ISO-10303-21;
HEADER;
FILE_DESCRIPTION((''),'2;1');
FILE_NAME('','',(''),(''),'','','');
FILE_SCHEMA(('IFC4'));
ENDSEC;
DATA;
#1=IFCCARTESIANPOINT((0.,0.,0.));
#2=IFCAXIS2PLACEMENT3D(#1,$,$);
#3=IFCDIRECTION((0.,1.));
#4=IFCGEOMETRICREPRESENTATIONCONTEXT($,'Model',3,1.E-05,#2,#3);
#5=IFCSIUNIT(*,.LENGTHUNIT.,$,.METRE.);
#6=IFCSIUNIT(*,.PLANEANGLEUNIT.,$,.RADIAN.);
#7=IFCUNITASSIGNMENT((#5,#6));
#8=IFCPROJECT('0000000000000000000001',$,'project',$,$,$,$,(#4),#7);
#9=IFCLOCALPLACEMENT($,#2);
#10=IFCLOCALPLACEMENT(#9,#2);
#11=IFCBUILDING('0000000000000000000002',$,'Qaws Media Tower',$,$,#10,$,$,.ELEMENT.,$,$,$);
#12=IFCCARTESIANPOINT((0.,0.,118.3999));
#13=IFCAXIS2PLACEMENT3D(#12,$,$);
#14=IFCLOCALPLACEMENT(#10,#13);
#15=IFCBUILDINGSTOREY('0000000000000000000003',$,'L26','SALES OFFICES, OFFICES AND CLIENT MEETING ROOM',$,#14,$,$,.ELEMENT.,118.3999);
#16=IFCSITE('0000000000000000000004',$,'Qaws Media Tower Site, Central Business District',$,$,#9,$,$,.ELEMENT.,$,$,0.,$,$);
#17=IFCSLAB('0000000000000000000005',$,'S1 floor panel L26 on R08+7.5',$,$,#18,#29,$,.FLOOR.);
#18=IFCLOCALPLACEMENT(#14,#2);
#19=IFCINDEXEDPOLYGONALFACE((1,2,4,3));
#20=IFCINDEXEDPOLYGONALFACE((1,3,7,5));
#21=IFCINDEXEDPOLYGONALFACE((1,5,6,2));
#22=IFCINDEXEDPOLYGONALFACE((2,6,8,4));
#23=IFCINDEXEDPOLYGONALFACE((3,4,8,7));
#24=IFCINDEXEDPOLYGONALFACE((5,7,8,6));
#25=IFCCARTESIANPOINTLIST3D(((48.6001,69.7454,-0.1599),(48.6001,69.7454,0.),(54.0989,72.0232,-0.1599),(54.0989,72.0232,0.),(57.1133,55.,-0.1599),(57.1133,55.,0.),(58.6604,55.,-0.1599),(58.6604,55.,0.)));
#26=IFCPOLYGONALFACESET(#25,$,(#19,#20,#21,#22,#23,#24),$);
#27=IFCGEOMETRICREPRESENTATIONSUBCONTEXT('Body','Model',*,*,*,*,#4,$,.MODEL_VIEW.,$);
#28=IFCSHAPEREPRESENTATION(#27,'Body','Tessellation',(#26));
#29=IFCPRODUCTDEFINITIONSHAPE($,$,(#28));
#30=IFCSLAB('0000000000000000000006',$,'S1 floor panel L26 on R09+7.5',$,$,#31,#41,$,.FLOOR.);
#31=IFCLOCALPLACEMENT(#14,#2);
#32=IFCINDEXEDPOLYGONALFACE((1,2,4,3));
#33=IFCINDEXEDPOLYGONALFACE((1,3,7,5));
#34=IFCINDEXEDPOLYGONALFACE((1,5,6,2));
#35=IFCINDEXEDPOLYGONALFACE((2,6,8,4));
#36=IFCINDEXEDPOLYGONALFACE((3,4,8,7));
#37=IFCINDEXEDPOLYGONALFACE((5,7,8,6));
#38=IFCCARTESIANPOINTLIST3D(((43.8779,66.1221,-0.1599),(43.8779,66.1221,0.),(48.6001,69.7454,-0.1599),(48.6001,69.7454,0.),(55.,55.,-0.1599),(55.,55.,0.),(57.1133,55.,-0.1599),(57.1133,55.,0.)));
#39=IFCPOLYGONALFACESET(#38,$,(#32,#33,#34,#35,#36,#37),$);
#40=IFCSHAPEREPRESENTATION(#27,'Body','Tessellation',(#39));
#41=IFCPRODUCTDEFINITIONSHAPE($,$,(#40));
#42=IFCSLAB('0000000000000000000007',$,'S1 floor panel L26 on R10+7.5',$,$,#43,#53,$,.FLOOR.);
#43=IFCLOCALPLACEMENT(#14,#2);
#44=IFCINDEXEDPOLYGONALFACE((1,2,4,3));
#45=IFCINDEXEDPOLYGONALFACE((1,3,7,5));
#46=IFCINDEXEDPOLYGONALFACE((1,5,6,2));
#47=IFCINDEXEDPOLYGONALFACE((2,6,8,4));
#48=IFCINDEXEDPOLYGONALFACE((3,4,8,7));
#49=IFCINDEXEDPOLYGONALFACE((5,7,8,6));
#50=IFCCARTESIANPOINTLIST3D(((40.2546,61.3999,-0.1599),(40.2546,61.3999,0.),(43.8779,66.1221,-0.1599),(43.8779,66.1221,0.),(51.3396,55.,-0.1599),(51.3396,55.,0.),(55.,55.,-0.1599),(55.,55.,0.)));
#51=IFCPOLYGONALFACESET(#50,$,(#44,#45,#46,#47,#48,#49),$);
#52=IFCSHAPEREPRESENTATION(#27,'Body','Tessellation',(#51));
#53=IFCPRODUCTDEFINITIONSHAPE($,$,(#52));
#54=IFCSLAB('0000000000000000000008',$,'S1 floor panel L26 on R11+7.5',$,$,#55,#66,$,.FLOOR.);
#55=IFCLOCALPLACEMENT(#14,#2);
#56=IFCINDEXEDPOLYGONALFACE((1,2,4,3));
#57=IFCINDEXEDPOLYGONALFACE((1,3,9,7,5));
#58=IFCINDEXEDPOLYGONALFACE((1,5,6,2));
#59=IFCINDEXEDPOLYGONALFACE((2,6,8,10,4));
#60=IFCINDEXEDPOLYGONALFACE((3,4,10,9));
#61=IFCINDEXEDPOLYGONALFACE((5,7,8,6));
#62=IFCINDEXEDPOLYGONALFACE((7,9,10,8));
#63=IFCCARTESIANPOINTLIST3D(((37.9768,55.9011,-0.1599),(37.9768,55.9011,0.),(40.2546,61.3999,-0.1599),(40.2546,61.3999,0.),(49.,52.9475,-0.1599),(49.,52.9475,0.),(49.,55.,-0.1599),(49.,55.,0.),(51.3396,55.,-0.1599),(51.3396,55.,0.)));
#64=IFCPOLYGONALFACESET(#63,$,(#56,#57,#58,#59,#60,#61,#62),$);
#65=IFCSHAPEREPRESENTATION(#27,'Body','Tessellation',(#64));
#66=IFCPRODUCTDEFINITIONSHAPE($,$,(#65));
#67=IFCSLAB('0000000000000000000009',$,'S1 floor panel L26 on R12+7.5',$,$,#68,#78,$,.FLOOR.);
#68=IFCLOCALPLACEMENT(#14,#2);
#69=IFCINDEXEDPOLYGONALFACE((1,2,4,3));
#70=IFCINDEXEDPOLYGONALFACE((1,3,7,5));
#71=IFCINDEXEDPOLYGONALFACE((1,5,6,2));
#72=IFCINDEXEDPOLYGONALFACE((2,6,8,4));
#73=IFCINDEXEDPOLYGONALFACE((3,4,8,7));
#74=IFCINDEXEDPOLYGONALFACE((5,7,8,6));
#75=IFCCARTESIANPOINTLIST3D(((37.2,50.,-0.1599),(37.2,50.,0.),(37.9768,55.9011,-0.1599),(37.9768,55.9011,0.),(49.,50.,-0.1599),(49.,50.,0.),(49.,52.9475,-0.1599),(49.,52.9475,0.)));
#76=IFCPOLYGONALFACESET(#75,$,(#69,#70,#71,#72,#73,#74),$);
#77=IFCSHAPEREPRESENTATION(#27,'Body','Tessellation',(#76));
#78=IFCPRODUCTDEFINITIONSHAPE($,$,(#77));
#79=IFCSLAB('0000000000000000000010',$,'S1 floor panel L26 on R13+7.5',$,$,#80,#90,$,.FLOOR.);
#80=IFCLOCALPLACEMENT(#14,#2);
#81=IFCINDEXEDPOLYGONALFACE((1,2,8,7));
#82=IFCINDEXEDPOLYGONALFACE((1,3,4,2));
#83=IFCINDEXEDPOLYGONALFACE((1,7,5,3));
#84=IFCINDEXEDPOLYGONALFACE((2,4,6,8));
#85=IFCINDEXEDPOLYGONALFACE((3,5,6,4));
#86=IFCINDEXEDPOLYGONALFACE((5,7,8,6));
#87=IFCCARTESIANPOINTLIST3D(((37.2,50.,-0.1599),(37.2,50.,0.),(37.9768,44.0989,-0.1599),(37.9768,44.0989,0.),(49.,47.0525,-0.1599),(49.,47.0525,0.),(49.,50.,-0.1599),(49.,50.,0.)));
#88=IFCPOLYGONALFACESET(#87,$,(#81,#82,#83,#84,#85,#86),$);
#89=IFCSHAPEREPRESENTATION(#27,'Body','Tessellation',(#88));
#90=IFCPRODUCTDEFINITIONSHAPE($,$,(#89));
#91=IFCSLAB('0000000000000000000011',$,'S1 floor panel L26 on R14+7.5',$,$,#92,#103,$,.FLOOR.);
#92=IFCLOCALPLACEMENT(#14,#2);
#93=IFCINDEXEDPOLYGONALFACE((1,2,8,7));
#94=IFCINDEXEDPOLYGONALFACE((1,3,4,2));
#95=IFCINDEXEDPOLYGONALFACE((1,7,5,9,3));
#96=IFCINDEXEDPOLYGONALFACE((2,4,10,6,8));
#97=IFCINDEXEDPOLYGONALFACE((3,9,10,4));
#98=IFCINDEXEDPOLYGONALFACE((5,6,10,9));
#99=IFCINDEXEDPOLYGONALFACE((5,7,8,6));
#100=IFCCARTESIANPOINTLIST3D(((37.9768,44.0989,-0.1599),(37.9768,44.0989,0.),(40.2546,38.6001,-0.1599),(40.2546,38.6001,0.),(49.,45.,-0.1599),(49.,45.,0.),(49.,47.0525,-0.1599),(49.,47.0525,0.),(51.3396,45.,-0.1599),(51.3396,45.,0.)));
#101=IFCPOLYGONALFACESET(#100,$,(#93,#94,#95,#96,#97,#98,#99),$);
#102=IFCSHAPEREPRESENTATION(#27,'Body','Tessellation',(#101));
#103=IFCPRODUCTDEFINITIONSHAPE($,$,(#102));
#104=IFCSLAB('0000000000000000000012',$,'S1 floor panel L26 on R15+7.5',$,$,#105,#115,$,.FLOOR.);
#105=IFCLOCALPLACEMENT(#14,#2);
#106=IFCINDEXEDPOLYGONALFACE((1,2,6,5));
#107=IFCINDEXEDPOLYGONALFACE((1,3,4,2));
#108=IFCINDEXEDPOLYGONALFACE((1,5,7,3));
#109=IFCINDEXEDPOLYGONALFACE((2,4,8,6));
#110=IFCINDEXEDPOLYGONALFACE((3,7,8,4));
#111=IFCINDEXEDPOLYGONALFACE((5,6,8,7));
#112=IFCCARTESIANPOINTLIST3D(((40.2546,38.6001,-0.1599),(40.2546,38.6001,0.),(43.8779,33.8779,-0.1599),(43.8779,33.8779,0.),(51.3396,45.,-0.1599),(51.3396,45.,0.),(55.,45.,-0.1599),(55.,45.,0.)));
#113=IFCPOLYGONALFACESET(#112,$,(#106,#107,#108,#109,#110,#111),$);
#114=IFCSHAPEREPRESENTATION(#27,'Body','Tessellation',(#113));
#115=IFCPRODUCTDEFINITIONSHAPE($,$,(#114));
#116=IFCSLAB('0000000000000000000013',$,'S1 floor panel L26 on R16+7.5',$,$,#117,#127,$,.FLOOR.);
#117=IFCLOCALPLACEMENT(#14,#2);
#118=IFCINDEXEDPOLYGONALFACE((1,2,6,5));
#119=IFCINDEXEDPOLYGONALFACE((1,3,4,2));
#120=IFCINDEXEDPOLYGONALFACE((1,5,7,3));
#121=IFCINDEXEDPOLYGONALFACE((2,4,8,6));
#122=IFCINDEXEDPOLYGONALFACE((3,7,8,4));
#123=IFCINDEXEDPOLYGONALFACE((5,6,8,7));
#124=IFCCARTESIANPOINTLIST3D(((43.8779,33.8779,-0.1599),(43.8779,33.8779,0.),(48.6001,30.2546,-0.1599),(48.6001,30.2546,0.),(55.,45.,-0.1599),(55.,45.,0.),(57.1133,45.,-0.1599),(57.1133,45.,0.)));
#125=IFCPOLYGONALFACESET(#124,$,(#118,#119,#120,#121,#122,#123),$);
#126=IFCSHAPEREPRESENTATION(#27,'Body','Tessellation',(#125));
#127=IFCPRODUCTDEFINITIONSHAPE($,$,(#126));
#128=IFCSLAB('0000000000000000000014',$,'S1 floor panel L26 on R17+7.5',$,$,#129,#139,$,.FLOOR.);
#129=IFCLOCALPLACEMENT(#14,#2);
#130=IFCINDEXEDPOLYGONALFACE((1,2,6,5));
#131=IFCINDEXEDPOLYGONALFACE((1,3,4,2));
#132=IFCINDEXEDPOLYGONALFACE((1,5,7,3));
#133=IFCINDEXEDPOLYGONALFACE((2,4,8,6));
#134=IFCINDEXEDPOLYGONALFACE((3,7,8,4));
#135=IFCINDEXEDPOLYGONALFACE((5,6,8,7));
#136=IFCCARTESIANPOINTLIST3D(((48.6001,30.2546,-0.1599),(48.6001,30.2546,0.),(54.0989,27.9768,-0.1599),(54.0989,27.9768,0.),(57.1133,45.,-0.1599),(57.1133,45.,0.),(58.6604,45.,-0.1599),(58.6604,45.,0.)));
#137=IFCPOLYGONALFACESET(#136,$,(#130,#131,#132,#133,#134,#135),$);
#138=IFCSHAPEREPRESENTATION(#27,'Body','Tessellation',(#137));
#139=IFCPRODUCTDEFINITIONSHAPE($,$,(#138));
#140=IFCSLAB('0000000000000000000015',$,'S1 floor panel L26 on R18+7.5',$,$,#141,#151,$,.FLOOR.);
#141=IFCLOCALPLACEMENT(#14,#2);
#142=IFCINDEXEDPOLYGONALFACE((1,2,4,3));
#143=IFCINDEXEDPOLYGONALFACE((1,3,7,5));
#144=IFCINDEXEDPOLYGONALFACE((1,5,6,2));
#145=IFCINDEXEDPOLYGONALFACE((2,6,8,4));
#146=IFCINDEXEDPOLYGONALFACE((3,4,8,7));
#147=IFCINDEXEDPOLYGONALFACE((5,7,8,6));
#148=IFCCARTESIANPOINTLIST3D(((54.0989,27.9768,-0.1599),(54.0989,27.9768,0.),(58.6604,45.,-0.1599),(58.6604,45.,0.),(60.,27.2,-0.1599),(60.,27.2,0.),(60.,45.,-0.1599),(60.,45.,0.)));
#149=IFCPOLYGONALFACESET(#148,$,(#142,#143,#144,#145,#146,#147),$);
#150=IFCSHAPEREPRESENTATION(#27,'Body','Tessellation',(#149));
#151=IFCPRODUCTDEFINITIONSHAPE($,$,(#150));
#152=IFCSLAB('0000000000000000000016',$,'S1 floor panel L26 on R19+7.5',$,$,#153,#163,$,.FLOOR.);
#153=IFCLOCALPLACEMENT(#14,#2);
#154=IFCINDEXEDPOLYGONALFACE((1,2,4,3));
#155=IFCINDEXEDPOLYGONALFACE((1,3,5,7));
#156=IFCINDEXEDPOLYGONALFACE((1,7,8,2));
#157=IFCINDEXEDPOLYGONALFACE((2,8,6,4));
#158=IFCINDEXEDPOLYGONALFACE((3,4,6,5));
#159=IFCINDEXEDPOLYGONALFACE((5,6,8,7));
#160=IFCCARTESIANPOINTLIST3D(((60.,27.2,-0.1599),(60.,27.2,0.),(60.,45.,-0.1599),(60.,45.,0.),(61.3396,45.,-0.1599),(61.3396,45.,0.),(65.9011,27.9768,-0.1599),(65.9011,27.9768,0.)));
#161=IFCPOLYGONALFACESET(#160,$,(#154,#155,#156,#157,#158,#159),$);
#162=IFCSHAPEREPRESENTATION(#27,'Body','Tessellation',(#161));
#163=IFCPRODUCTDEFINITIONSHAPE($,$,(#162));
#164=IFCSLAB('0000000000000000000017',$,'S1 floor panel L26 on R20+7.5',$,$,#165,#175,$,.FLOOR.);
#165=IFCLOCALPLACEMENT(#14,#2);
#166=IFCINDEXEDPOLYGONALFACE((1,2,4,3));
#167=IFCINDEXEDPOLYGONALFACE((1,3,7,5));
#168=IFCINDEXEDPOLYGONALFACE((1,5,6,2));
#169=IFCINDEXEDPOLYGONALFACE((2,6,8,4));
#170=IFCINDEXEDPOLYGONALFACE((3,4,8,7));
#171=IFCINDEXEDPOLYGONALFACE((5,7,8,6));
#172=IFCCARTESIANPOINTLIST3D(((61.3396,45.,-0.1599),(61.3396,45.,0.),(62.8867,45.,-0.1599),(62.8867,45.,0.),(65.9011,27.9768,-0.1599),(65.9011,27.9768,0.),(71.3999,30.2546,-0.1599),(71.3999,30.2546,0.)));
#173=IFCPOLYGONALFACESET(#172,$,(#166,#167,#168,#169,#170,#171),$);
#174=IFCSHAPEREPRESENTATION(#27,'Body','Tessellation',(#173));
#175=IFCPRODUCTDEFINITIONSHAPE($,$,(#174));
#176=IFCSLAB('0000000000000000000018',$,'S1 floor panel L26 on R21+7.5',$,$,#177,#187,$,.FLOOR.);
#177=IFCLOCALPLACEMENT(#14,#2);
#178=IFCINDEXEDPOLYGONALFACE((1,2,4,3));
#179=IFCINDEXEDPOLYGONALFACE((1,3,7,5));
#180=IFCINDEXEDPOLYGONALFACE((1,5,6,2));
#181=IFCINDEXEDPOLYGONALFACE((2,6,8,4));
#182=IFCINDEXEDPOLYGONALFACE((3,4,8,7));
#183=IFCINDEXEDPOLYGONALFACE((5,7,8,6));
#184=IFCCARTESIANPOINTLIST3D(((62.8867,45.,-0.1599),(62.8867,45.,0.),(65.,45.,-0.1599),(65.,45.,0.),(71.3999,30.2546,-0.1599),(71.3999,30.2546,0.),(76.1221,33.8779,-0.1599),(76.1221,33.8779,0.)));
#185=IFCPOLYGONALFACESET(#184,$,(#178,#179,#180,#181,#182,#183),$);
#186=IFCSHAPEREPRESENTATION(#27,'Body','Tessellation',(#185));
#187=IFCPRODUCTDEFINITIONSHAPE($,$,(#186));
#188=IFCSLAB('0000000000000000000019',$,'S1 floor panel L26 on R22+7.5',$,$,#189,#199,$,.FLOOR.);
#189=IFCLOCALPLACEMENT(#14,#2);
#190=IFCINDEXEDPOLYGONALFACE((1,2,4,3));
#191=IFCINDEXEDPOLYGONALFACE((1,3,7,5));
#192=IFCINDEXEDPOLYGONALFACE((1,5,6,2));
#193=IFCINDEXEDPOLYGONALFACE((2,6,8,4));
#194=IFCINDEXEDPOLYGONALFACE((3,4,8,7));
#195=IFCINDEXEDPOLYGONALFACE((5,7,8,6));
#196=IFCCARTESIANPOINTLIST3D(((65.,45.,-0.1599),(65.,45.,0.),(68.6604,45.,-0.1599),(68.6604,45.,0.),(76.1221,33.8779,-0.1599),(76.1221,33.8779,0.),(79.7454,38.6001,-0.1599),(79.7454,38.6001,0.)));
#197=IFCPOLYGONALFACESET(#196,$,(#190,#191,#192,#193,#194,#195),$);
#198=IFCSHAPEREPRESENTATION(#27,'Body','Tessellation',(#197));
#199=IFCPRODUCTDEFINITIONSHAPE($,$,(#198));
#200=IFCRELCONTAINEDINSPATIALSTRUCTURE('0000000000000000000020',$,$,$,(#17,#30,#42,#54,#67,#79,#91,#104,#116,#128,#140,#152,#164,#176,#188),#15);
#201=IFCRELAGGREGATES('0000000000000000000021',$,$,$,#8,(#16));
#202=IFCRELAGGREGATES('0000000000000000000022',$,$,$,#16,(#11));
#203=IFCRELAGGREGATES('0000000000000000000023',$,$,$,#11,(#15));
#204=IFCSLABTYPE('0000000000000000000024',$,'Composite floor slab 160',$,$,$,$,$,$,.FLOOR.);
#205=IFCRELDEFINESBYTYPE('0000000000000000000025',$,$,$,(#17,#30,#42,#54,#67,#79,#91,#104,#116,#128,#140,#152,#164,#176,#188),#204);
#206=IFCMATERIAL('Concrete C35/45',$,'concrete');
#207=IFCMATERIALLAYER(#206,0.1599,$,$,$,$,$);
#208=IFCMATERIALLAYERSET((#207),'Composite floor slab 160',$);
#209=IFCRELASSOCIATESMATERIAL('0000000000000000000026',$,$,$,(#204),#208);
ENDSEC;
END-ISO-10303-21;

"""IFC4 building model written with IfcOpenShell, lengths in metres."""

from ifc_helpers import new_model, si_unit, direction, frame, origin, place, context, subcontext, project, spatial, polyline, outline, extrude, material, layer, layer_set, type_object, element, save


model = new_model("IFC4")

# Units and contexts
model_context = context("Model", 3, precision=1e-05, world=origin(), true_north=direction((0.0, 1.0)))
body_context = subcontext(model_context, "Body", "Model", "MODEL_VIEW")
ifc_project = project(units=[si_unit("LENGTHUNIT", "METRE"), si_unit("PLANEANGLEUNIT", "RADIAN")], contexts=[model_context])

# Site, building, storey
site_placement = place(None, origin())
site = spatial("IfcSite", under=ifc_project, at=site_placement, Name="Qaws Media Tower Site, Central Business District", CompositionType="ELEMENT", RefElevation=0.0)
building_placement = place(site_placement, origin())
building = spatial("IfcBuilding", under=site, at=building_placement, Name="Qaws Media Tower", CompositionType="ELEMENT")
storey_placement = place(building_placement, frame((0.0, 0.0, 118.3999)))
storey = spatial("IfcBuildingStorey", under=building, at=storey_placement, Name="L26", Description="SALES OFFICES, OFFICES AND CLIENT MEETING ROOM", CompositionType="ELEMENT", Elevation=118.3999)

# Slabs
ifc_material_1 = material(Name="Concrete C35/45", Category="concrete")
ifc_layer_1 = layer(ifc_material_1, 0.1599)
ifc_layer_set_1 = layer_set([ifc_layer_1], Name="Composite floor slab 160")
slab_type_1 = type_object("IfcSlabType", Name="Composite floor slab 160", PredefinedType="FLOOR", material=ifc_layer_set_1)
slab_1_placement = place(storey_placement, frame((0.0, 0.0, -0.1599)))
element("IfcSlab", 1, at=slab_1_placement, inside=storey, type_object=slab_type_1, Name="S1 floor panel L26 on R08+7.5", PredefinedType="FLOOR", context=body_context, shape_type="SweptSolid", body=[
    extrude(outline(polyline([(54.0989, 72.0232), (58.6604, 55.0), (57.1133, 55.0), (48.6001, 69.7454), (54.0989, 72.0232)])), origin(), (0.0, 0.0, 1.0), 0.1599),
])
slab_2_placement = place(storey_placement, frame((0.0, 0.0, -0.1599)))
element("IfcSlab", 2, at=slab_2_placement, inside=storey, type_object=slab_type_1, Name="S1 floor panel L26 on R09+7.5", PredefinedType="FLOOR", context=body_context, shape_type="SweptSolid", body=[
    extrude(outline(polyline([(43.8779, 66.1221), (48.6001, 69.7454), (57.1133, 55.0), (55.0, 55.0), (43.8779, 66.1221)])), origin(), (0.0, 0.0, 1.0), 0.1599),
])
slab_3_placement = place(storey_placement, frame((0.0, 0.0, -0.1599)))
element("IfcSlab", 3, at=slab_3_placement, inside=storey, type_object=slab_type_1, Name="S1 floor panel L26 on R10+7.5", PredefinedType="FLOOR", context=body_context, shape_type="SweptSolid", body=[
    extrude(outline(polyline([(40.2546, 61.3999), (43.8779, 66.1221), (55.0, 55.0), (51.3396, 55.0), (40.2546, 61.3999)])), origin(), (0.0, 0.0, 1.0), 0.1599),
])
slab_4_placement = place(storey_placement, frame((0.0, 0.0, -0.1599)))
element("IfcSlab", 4, at=slab_4_placement, inside=storey, type_object=slab_type_1, Name="S1 floor panel L26 on R11+7.5", PredefinedType="FLOOR", context=body_context, shape_type="SweptSolid", body=[
    extrude(outline(polyline([(40.2546, 61.3999), (51.3396, 55.0), (49.0, 55.0), (49.0, 52.9475), (37.9768, 55.9011), (40.2546, 61.3999)])), origin(), (0.0, 0.0, 1.0), 0.1599),
])
slab_5_placement = place(storey_placement, frame((0.0, 0.0, -0.1599)))
element("IfcSlab", 5, at=slab_5_placement, inside=storey, type_object=slab_type_1, Name="S1 floor panel L26 on R12+7.5", PredefinedType="FLOOR", context=body_context, shape_type="SweptSolid", body=[
    extrude(outline(polyline([(37.9768, 55.9011), (49.0, 52.9475), (49.0, 50.0), (37.2, 50.0), (37.9768, 55.9011)])), origin(), (0.0, 0.0, 1.0), 0.1599),
])
slab_6_placement = place(storey_placement, frame((0.0, 0.0, -0.1599)))
element("IfcSlab", 6, at=slab_6_placement, inside=storey, type_object=slab_type_1, Name="S1 floor panel L26 on R13+7.5", PredefinedType="FLOOR", context=body_context, shape_type="SweptSolid", body=[
    extrude(outline(polyline([(37.9768, 44.0989), (37.2, 50.0), (49.0, 50.0), (49.0, 47.0525), (37.9768, 44.0989)])), origin(), (0.0, 0.0, 1.0), 0.1599),
])
slab_7_placement = place(storey_placement, frame((0.0, 0.0, -0.1599)))
element("IfcSlab", 7, at=slab_7_placement, inside=storey, type_object=slab_type_1, Name="S1 floor panel L26 on R14+7.5", PredefinedType="FLOOR", context=body_context, shape_type="SweptSolid", body=[
    extrude(outline(polyline([(37.9768, 44.0989), (49.0, 47.0525), (49.0, 45.0), (51.3396, 45.0), (40.2546, 38.6001), (37.9768, 44.0989)])), origin(), (0.0, 0.0, 1.0), 0.1599),
])
slab_8_placement = place(storey_placement, frame((0.0, 0.0, -0.1599)))
element("IfcSlab", 8, at=slab_8_placement, inside=storey, type_object=slab_type_1, Name="S1 floor panel L26 on R15+7.5", PredefinedType="FLOOR", context=body_context, shape_type="SweptSolid", body=[
    extrude(outline(polyline([(40.2546, 38.6001), (51.3396, 45.0), (55.0, 45.0), (43.8779, 33.8779), (40.2546, 38.6001)])), origin(), (0.0, 0.0, 1.0), 0.1599),
])
slab_9_placement = place(storey_placement, frame((0.0, 0.0, -0.1599)))
element("IfcSlab", 9, at=slab_9_placement, inside=storey, type_object=slab_type_1, Name="S1 floor panel L26 on R16+7.5", PredefinedType="FLOOR", context=body_context, shape_type="SweptSolid", body=[
    extrude(outline(polyline([(48.6001, 30.2546), (43.8779, 33.8779), (55.0, 45.0), (57.1133, 45.0), (48.6001, 30.2546)])), origin(), (0.0, 0.0, 1.0), 0.1599),
])
slab_10_placement = place(storey_placement, frame((0.0, 0.0, -0.1599)))
element("IfcSlab", 10, at=slab_10_placement, inside=storey, type_object=slab_type_1, Name="S1 floor panel L26 on R17+7.5", PredefinedType="FLOOR", context=body_context, shape_type="SweptSolid", body=[
    extrude(outline(polyline([(48.6001, 30.2546), (57.1133, 45.0), (58.6604, 45.0), (54.0989, 27.9768), (48.6001, 30.2546)])), origin(), (0.0, 0.0, 1.0), 0.1599),
])
slab_11_placement = place(storey_placement, frame((0.0, 0.0, -0.1599)))
element("IfcSlab", 11, at=slab_11_placement, inside=storey, type_object=slab_type_1, Name="S1 floor panel L26 on R18+7.5", PredefinedType="FLOOR", context=body_context, shape_type="SweptSolid", body=[
    extrude(outline(polyline([(54.0989, 27.9768), (58.6604, 45.0), (60.0, 45.0), (60.0, 27.2), (54.0989, 27.9768)])), origin(), (0.0, 0.0, 1.0), 0.1599),
])
slab_12_placement = place(storey_placement, frame((0.0, 0.0, -0.1599)))
element("IfcSlab", 12, at=slab_12_placement, inside=storey, type_object=slab_type_1, Name="S1 floor panel L26 on R19+7.5", PredefinedType="FLOOR", context=body_context, shape_type="SweptSolid", body=[
    extrude(outline(polyline([(65.9011, 27.9768), (60.0, 27.2), (60.0, 45.0), (61.3396, 45.0), (65.9011, 27.9768)])), origin(), (0.0, 0.0, 1.0), 0.1599),
])
slab_13_placement = place(storey_placement, frame((0.0, 0.0, -0.1599)))
element("IfcSlab", 13, at=slab_13_placement, inside=storey, type_object=slab_type_1, Name="S1 floor panel L26 on R20+7.5", PredefinedType="FLOOR", context=body_context, shape_type="SweptSolid", body=[
    extrude(outline(polyline([(65.9011, 27.9768), (61.3396, 45.0), (62.8867, 45.0), (71.3999, 30.2546), (65.9011, 27.9768)])), origin(), (0.0, 0.0, 1.0), 0.1599),
])
slab_14_placement = place(storey_placement, frame((0.0, 0.0, -0.1599)))
element("IfcSlab", 14, at=slab_14_placement, inside=storey, type_object=slab_type_1, Name="S1 floor panel L26 on R21+7.5", PredefinedType="FLOOR", context=body_context, shape_type="SweptSolid", body=[
    extrude(outline(polyline([(76.1221, 33.8779), (71.3999, 30.2546), (62.8867, 45.0), (65.0, 45.0), (76.1221, 33.8779)])), origin(), (0.0, 0.0, 1.0), 0.1599),
])
slab_15_placement = place(storey_placement, frame((0.0, 0.0, -0.1599)))
element("IfcSlab", 15, at=slab_15_placement, inside=storey, type_object=slab_type_1, Name="S1 floor panel L26 on R22+7.5", PredefinedType="FLOOR", context=body_context, shape_type="SweptSolid", body=[
    extrude(outline(polyline([(79.7454, 38.6001), (76.1221, 33.8779), (65.0, 45.0), (68.6604, 45.0), (79.7454, 38.6001)])), origin(), (0.0, 0.0, 1.0), 0.1599),
])

save(model, "model.ifc")
